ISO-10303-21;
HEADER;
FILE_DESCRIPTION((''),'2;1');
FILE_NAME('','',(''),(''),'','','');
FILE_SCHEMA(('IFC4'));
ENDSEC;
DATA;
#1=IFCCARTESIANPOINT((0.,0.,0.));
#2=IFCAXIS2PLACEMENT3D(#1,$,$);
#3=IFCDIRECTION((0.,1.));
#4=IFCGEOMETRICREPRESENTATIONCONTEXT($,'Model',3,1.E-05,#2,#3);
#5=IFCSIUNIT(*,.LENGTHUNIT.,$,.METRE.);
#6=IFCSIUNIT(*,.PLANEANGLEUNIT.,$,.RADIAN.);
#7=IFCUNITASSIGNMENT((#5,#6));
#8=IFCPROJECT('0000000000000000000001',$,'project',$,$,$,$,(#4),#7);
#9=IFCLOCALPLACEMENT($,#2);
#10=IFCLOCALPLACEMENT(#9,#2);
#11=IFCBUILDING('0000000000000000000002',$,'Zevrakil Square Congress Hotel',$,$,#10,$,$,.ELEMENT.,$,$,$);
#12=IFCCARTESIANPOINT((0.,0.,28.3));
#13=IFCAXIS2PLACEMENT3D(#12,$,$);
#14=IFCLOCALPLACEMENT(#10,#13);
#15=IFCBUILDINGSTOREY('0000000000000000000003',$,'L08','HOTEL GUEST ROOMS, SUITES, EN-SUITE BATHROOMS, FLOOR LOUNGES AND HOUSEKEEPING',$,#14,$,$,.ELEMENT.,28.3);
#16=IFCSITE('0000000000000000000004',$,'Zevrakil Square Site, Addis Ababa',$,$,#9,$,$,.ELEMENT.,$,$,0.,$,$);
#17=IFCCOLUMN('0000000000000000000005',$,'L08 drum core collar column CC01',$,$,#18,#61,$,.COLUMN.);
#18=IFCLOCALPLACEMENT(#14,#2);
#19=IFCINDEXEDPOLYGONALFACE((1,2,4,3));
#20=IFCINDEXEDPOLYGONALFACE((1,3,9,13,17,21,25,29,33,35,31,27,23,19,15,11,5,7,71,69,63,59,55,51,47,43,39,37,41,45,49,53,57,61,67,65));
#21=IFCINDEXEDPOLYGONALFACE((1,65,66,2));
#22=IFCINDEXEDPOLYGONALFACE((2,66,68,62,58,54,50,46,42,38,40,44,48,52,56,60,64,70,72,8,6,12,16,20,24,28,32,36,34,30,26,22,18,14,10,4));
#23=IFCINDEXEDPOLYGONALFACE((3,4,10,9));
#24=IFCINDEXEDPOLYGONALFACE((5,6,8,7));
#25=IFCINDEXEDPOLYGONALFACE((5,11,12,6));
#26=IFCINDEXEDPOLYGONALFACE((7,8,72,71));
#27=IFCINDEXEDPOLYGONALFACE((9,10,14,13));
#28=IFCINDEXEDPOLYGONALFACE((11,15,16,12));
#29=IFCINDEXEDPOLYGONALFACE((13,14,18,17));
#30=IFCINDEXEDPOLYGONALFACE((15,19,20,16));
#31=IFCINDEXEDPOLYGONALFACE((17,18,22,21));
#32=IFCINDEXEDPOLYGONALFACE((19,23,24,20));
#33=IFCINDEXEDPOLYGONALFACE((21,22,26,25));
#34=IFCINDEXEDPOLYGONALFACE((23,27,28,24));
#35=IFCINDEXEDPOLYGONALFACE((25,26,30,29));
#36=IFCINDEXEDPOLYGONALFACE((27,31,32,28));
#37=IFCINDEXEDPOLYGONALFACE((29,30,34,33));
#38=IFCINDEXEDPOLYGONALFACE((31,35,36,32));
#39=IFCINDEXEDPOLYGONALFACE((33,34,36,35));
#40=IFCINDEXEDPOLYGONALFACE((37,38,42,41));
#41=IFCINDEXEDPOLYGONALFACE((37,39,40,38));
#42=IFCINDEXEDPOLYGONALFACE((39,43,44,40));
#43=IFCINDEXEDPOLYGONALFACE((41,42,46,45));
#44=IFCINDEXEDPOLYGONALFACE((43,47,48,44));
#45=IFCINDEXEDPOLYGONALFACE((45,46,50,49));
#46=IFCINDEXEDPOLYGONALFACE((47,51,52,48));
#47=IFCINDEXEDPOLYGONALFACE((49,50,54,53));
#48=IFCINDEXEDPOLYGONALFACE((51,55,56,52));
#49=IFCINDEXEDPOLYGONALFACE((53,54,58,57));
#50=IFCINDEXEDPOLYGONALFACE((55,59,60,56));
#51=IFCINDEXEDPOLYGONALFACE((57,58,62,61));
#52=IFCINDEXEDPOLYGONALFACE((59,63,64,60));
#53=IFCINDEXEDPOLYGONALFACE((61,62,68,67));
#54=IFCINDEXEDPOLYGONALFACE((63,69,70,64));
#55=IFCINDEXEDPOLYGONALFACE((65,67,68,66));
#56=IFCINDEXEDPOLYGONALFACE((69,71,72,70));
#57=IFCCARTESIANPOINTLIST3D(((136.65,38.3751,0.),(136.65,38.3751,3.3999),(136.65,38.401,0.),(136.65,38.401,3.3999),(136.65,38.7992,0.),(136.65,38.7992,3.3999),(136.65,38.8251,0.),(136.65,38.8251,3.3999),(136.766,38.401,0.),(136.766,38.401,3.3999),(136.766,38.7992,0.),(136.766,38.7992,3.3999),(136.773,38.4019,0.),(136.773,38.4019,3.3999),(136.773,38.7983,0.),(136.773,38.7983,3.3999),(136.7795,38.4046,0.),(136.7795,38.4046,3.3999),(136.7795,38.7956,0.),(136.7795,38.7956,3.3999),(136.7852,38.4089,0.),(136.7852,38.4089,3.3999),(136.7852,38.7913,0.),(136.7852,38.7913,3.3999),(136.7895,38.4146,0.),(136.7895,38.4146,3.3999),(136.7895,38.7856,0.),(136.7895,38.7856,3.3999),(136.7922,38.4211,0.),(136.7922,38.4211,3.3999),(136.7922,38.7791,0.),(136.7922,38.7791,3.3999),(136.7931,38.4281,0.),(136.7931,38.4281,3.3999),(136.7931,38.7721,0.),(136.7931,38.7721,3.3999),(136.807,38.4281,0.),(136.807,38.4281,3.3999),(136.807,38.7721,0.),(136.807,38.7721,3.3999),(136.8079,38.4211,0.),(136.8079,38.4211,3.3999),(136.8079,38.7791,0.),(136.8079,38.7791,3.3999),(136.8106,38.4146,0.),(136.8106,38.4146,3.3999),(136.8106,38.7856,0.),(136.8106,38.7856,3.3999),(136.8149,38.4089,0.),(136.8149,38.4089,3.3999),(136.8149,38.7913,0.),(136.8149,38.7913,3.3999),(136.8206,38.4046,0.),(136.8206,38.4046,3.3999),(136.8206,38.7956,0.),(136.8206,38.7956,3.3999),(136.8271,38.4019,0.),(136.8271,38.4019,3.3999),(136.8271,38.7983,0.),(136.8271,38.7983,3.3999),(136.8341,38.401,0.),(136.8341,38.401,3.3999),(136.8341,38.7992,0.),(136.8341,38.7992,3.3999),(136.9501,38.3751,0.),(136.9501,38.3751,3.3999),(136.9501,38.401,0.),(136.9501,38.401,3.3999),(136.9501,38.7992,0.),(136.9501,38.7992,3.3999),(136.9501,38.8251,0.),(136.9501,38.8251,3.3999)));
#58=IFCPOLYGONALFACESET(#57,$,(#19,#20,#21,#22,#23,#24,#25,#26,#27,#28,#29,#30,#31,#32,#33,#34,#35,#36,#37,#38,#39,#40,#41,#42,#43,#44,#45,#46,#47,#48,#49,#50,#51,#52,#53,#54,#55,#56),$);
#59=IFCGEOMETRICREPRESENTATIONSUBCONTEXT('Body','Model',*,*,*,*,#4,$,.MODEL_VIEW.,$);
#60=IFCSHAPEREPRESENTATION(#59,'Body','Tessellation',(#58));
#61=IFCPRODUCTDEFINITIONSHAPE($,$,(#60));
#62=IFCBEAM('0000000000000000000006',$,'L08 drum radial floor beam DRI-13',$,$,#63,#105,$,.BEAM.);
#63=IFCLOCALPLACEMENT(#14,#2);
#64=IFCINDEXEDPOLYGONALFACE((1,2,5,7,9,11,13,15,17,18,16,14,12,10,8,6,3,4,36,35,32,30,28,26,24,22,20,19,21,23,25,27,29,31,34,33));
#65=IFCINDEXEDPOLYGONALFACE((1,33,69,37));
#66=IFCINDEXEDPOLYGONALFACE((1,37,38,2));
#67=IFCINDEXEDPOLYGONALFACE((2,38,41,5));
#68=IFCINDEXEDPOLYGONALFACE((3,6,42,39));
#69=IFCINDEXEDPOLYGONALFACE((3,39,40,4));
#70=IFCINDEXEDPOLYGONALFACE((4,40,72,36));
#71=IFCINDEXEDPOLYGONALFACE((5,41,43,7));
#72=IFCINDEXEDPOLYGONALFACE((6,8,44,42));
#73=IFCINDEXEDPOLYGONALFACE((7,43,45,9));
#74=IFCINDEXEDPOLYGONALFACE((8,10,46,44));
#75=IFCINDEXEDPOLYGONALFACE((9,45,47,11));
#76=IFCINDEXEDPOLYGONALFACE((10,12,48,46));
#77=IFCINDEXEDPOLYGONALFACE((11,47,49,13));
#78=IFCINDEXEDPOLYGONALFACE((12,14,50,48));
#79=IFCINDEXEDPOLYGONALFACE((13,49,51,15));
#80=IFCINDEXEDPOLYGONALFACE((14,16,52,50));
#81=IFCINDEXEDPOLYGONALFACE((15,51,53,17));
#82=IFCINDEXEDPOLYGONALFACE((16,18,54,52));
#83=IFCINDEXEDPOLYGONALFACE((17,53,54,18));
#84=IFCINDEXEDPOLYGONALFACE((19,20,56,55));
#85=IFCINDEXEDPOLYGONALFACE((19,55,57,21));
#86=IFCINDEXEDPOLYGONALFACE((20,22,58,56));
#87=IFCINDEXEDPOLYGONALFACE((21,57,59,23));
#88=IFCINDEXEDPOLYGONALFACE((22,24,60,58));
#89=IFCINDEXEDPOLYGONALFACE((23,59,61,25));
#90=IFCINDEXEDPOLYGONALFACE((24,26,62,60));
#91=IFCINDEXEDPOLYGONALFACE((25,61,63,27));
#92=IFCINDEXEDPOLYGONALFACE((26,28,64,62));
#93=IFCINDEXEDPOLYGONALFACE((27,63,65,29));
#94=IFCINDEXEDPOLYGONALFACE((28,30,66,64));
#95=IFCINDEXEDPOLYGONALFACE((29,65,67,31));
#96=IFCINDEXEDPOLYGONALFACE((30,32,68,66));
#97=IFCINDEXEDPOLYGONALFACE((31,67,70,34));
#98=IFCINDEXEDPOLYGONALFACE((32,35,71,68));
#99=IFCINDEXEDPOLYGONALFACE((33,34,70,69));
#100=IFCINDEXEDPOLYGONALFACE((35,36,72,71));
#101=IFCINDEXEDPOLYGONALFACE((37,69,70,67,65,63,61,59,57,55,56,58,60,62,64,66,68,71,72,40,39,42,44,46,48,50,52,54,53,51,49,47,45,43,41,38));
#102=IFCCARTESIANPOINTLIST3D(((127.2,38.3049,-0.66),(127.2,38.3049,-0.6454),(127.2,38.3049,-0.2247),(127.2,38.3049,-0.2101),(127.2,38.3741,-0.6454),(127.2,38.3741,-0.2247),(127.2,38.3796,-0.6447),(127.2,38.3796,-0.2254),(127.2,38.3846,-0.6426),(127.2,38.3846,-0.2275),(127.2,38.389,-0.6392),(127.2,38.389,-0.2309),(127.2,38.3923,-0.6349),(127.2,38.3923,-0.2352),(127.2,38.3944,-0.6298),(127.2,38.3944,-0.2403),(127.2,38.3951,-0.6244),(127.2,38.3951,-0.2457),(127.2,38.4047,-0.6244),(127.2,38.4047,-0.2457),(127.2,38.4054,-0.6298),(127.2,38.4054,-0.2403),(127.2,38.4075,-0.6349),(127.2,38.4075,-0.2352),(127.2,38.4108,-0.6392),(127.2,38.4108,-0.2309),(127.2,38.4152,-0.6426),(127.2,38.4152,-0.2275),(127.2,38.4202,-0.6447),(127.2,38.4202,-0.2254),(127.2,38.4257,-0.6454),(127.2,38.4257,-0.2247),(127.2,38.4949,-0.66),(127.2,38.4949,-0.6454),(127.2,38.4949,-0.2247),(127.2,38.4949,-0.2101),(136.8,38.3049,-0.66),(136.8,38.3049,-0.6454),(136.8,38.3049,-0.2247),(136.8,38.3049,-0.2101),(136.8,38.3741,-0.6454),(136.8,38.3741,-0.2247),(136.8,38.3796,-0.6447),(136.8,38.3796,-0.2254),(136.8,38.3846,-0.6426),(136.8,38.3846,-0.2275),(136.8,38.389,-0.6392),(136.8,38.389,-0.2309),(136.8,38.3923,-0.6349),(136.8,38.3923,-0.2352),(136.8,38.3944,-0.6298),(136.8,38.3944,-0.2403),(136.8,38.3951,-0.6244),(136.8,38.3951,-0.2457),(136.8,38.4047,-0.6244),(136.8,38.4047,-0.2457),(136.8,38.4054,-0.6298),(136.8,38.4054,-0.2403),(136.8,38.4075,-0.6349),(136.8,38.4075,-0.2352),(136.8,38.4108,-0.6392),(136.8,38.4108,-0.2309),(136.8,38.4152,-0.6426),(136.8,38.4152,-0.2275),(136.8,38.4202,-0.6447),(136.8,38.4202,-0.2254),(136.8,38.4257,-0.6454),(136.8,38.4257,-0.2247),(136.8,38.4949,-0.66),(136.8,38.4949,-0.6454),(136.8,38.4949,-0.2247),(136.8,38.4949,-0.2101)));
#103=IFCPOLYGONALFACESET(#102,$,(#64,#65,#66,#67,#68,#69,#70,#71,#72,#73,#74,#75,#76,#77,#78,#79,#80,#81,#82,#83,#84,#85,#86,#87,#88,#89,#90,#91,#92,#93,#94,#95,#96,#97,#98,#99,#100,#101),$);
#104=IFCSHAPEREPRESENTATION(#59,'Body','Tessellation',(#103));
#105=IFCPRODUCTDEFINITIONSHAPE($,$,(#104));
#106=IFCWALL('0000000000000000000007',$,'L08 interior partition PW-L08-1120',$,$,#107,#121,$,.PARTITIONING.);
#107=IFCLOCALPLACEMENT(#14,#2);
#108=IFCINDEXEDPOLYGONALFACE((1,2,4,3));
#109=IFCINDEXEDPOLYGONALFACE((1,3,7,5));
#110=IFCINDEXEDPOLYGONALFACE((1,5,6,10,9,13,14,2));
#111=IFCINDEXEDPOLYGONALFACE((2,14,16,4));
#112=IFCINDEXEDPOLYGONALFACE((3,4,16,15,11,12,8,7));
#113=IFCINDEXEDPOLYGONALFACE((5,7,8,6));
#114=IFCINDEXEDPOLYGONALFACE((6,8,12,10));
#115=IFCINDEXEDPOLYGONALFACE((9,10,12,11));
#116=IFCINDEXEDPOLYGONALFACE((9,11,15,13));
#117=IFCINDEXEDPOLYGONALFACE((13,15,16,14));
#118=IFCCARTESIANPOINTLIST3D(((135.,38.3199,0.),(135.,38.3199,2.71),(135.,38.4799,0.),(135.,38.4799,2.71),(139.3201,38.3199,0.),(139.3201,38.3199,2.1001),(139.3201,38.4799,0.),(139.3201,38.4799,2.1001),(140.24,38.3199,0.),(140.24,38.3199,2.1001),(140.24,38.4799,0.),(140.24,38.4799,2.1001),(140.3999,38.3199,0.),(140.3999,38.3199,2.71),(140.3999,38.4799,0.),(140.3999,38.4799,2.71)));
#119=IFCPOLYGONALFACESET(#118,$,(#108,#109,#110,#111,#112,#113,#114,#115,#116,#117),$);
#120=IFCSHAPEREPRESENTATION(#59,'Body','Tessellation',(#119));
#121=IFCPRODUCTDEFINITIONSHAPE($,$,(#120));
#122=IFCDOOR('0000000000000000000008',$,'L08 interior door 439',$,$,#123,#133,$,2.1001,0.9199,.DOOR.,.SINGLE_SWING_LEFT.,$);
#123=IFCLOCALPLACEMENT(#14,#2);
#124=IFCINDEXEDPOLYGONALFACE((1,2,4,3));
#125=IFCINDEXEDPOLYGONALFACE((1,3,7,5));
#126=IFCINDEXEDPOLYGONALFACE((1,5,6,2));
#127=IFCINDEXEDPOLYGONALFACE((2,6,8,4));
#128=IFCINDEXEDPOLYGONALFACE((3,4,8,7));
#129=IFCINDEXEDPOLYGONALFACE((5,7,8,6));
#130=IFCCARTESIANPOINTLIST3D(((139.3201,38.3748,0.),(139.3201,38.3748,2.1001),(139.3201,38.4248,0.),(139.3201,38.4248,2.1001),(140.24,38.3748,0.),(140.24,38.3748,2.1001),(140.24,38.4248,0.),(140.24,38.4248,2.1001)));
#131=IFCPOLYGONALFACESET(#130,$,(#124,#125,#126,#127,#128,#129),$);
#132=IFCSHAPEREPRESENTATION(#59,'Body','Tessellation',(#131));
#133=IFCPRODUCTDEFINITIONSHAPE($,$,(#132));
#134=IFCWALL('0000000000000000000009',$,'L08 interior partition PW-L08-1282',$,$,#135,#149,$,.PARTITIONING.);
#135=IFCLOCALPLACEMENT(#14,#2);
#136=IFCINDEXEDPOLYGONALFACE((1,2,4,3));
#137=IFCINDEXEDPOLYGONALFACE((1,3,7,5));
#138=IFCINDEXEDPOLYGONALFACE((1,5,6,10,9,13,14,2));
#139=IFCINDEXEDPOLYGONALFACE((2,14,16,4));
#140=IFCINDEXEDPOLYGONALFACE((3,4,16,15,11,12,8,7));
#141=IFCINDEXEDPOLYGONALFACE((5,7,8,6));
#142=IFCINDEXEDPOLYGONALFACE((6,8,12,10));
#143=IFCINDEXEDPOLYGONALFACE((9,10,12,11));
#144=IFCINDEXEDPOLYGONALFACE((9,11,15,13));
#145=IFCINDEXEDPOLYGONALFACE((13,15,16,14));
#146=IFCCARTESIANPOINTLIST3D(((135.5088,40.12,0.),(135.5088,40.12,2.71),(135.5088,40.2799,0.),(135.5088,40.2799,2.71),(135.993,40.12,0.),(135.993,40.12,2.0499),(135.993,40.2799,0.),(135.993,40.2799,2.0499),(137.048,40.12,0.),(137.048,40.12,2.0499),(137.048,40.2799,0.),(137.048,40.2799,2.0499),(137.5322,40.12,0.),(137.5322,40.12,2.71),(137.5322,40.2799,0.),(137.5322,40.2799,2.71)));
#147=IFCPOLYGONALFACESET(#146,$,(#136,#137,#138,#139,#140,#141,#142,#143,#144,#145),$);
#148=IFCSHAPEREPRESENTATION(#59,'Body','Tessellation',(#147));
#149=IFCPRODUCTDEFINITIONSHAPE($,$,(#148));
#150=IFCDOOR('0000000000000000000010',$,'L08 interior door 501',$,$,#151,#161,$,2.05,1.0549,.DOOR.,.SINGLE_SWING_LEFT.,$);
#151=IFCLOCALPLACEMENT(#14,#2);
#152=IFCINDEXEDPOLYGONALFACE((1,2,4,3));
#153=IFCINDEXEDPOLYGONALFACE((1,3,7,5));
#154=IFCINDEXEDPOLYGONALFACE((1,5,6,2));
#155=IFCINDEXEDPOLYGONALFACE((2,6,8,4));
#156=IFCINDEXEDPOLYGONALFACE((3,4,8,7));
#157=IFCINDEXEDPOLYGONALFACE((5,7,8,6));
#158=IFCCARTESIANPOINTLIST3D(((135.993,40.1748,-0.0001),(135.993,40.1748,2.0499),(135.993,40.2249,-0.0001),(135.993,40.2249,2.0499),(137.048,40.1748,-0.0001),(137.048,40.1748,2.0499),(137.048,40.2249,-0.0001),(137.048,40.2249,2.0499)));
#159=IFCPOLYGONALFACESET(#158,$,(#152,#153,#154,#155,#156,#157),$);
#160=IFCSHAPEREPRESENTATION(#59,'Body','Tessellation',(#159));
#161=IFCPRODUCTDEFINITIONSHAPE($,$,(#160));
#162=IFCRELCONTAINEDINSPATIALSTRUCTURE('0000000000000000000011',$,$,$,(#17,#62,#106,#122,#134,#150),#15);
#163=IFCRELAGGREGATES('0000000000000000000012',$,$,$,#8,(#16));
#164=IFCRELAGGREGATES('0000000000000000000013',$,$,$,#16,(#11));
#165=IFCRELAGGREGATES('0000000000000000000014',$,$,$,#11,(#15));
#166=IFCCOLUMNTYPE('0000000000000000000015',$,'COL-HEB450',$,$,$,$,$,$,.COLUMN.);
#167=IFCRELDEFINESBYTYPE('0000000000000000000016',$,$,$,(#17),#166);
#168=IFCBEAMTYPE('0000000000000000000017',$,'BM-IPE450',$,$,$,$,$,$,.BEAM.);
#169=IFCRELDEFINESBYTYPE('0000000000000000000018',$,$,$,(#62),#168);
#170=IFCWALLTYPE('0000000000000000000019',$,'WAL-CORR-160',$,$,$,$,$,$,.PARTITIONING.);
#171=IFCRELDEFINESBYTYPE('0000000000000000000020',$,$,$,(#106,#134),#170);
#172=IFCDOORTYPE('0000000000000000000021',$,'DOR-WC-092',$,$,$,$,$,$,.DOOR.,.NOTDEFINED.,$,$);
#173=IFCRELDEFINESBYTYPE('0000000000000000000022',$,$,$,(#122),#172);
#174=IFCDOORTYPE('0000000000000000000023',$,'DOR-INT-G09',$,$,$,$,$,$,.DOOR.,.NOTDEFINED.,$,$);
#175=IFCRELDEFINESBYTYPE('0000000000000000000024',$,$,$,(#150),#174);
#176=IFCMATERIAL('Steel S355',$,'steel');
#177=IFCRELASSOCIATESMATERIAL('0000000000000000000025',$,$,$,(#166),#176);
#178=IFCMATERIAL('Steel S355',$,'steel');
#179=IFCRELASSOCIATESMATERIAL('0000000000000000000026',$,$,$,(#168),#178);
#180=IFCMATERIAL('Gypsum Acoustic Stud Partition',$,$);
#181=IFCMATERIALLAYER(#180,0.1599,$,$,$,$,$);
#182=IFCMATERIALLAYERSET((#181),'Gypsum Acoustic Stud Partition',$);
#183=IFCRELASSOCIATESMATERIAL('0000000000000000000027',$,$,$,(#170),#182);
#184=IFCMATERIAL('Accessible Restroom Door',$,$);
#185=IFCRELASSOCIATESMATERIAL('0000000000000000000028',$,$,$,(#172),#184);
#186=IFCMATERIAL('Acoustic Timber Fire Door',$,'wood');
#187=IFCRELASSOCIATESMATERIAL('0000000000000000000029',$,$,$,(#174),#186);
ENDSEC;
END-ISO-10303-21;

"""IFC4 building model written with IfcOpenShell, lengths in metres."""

from ifc_helpers import new_model, si_unit, direction, frame, frame_2d, origin, origin_2d, place, context, subcontext, project, spatial, rectangle, i_section, extrude, material, layer, layer_set, material_profile, profile_set, type_object, element, fill, save


model = new_model("IFC4")

# Units and contexts
model_context = context("Model", 3, precision=1e-05, world=origin(), true_north=direction((0.0, 1.0)))
body_context = subcontext(model_context, "Body", "Model", "MODEL_VIEW")
ifc_project = project(units=[si_unit("LENGTHUNIT", "METRE"), si_unit("PLANEANGLEUNIT", "RADIAN")], contexts=[model_context])

# Site, building, storey
site_placement = place(None, origin())
site = spatial("IfcSite", under=ifc_project, at=site_placement, Name="Zevrakil Square Site, Addis Ababa", CompositionType="ELEMENT", RefElevation=0.0)
building_placement = place(site_placement, origin())
building = spatial("IfcBuilding", under=site, at=building_placement, Name="Zevrakil Square Congress Hotel", CompositionType="ELEMENT")
storey_placement = place(building_placement, frame((0.0, 0.0, 28.3)))
storey = spatial("IfcBuildingStorey", under=building, at=storey_placement, Name="L08", Description="HOTEL GUEST ROOMS, SUITES, EN-SUITE BATHROOMS, FLOOR LOUNGES AND HOUSEKEEPING", CompositionType="ELEMENT", Elevation=28.3)

# Column
ifc_material_1 = material(Name="Steel S355", Category="steel")
ifc_material_profile_1 = material_profile(ifc_material_1, i_section(OverallWidth=0.3, OverallDepth=0.45, WebThickness=0.0139, FlangeThickness=0.0259, FilletRadius=0.0271, at=origin_2d()), Name="HEB 450")
ifc_profile_set_1 = profile_set([ifc_material_profile_1], Name="Steel S355")
column_type = type_object("IfcColumnType", Name="COL-HEB450", PredefinedType="COLUMN", material=ifc_profile_set_1)
column_placement = place(storey_placement, frame((136.8, 38.6001, 0.0), z_axis=(0.0, 0.0, 1.0), x_axis=(1.0, 0.0, 0.0)))
element("IfcColumn", 1, at=column_placement, inside=storey, type_object=column_type, Name="L08 drum core collar column CC01", PredefinedType="COLUMN", context=body_context, shape_type="SweptSolid", body=[
    extrude(i_section(OverallWidth=0.3, OverallDepth=0.45, WebThickness=0.0139, FlangeThickness=0.0259, FilletRadius=0.0271, at=origin_2d()), origin(), (0.0, 0.0, 1.0), 3.3999),
])

# Beam
ifc_material_2 = material(Name="Steel S355", Category="steel")
ifc_material_profile_2 = material_profile(ifc_material_2, i_section(OverallWidth=0.1899, OverallDepth=0.45, WebThickness=0.0095, FlangeThickness=0.0146, FilletRadius=0.021, at=origin_2d()), Name="IPE 450")
ifc_profile_set_2 = profile_set([ifc_material_profile_2], Name="Steel S355")
beam_type = type_object("IfcBeamType", Name="BM-IPE450", PredefinedType="BEAM", material=ifc_profile_set_2)
beam_placement = place(storey_placement, frame((136.8, 38.3999, -0.4351), z_axis=(-1.0, 0.0, 0.0), x_axis=(0.0, -1.0, 0.0)))
element("IfcBeam", 2, at=beam_placement, inside=storey, type_object=beam_type, Name="L08 drum radial floor beam DRI-13", PredefinedType="BEAM", context=body_context, shape_type="SweptSolid", body=[
    extrude(i_section(OverallWidth=0.1899, OverallDepth=0.45, WebThickness=0.0095, FlangeThickness=0.0146, FilletRadius=0.021, at=origin_2d()), origin(), (0.0, 0.0, 1.0), 9.6001),
])

# Walls, openings, doors
ifc_material_3 = material(Name="Gypsum Acoustic Stud Partition")
ifc_layer_1 = layer(ifc_material_3, 0.1599)
ifc_layer_set_1 = layer_set([ifc_layer_1], Name="Gypsum Acoustic Stud Partition")
wall_type_1 = type_object("IfcWallType", Name="WAL-CORR-160", PredefinedType="PARTITIONING", material=ifc_layer_set_1)
wall_1_placement = place(storey_placement, frame((135.0, 38.3999, 0.0), z_axis=(0.0, 0.0, 1.0), x_axis=(1.0, 0.0, 0.0)))
wall_1 = element("IfcWall", 3, at=wall_1_placement, inside=storey, type_object=wall_type_1, Name="L08 interior partition PW-L08-1120", PredefinedType="PARTITIONING", context=body_context, shape_type="SweptSolid", body=[
    extrude(rectangle(XDim=5.3999, YDim=0.1599, at=frame_2d((2.7, 0.0))), origin(), (0.0, 0.0, 1.0), 2.71),
])
opening_1_placement = place(wall_1_placement, frame((4.3201, 0.0, 0.0)))
opening_1 = element("IfcOpeningElement", 4, at=opening_1_placement, cuts=wall_1, PredefinedType="OPENING", context=body_context, shape_type="SweptSolid", body=[
    extrude(rectangle(XDim=0.9199, YDim=2.1001, at=frame_2d((0.46, 1.05))), frame((0.0, 0.0898, 0.0), z_axis=(0.0, -1.0, 0.0), x_axis=(1.0, 0.0, 0.0)), (0.0, 0.0, 1.0), 0.1799),
])
ifc_material_4 = material(Name="Accessible Restroom Door")
door_type_1 = type_object("IfcDoorType", Name="DOR-WC-092", OperationType="NOTDEFINED", PredefinedType="DOOR", material=ifc_material_4)
door_1_placement = place(opening_1_placement, origin())
door_1 = element("IfcDoor", 5, at=door_1_placement, inside=storey, type_object=door_type_1, Name="L08 interior door 439", OperationType="SINGLE_SWING_LEFT", OverallHeight=2.1001, OverallWidth=0.9199, PredefinedType="DOOR", context=body_context, shape_type="SweptSolid", body=[
    extrude(rectangle(XDim=0.9199, YDim=2.1001, at=frame_2d((0.46, 1.05))), frame((0.0, 0.0249, 0.0), z_axis=(0.0, -1.0, 0.0), x_axis=(1.0, 0.0, 0.0)), (0.0, 0.0, 1.0), 0.05),
])
fill(opening_1, door_1)
wall_2_placement = place(storey_placement, frame((135.5088, 40.2, 0.0), z_axis=(0.0, 0.0, 1.0), x_axis=(1.0, 0.0, 0.0)))
wall_2 = element("IfcWall", 6, at=wall_2_placement, inside=storey, type_object=wall_type_1, Name="L08 interior partition PW-L08-1282", PredefinedType="PARTITIONING", context=body_context, shape_type="SweptSolid", body=[
    extrude(rectangle(XDim=2.0234, YDim=0.1599, at=frame_2d((1.0117, 0.0))), origin(), (0.0, 0.0, 1.0), 2.71),
])
opening_2_placement = place(wall_2_placement, frame((0.4844, 0.0, 0.0)))
opening_2 = element("IfcOpeningElement", 7, at=opening_2_placement, cuts=wall_2, PredefinedType="OPENING", context=body_context, shape_type="SweptSolid", body=[
    extrude(rectangle(XDim=1.0549, YDim=2.05, at=frame_2d((0.5273, 1.0249))), frame((0.0, 0.0898, 0.0), z_axis=(0.0, -1.0, 0.0), x_axis=(1.0, 0.0, 0.0)), (0.0, 0.0, 1.0), 0.1799),
])
ifc_material_5 = material(Name="Acoustic Timber Fire Door", Category="wood")
door_type_2 = type_object("IfcDoorType", Name="DOR-INT-G09", OperationType="NOTDEFINED", PredefinedType="DOOR", material=ifc_material_5)
door_2_placement = place(opening_2_placement, origin())
door_2 = element("IfcDoor", 8, at=door_2_placement, inside=storey, type_object=door_type_2, Name="L08 interior door 501", OperationType="SINGLE_SWING_LEFT", OverallHeight=2.05, OverallWidth=1.0549, PredefinedType="DOOR", context=body_context, shape_type="SweptSolid", body=[
    extrude(rectangle(XDim=1.0549, YDim=2.05, at=frame_2d((0.5273, 1.0249))), frame((0.0, 0.0249, 0.0), z_axis=(0.0, -1.0, 0.0), x_axis=(1.0, 0.0, 0.0)), (0.0, 0.0, 1.0), 0.05),
])
fill(opening_2, door_2)

save(model, "model.ifc")
